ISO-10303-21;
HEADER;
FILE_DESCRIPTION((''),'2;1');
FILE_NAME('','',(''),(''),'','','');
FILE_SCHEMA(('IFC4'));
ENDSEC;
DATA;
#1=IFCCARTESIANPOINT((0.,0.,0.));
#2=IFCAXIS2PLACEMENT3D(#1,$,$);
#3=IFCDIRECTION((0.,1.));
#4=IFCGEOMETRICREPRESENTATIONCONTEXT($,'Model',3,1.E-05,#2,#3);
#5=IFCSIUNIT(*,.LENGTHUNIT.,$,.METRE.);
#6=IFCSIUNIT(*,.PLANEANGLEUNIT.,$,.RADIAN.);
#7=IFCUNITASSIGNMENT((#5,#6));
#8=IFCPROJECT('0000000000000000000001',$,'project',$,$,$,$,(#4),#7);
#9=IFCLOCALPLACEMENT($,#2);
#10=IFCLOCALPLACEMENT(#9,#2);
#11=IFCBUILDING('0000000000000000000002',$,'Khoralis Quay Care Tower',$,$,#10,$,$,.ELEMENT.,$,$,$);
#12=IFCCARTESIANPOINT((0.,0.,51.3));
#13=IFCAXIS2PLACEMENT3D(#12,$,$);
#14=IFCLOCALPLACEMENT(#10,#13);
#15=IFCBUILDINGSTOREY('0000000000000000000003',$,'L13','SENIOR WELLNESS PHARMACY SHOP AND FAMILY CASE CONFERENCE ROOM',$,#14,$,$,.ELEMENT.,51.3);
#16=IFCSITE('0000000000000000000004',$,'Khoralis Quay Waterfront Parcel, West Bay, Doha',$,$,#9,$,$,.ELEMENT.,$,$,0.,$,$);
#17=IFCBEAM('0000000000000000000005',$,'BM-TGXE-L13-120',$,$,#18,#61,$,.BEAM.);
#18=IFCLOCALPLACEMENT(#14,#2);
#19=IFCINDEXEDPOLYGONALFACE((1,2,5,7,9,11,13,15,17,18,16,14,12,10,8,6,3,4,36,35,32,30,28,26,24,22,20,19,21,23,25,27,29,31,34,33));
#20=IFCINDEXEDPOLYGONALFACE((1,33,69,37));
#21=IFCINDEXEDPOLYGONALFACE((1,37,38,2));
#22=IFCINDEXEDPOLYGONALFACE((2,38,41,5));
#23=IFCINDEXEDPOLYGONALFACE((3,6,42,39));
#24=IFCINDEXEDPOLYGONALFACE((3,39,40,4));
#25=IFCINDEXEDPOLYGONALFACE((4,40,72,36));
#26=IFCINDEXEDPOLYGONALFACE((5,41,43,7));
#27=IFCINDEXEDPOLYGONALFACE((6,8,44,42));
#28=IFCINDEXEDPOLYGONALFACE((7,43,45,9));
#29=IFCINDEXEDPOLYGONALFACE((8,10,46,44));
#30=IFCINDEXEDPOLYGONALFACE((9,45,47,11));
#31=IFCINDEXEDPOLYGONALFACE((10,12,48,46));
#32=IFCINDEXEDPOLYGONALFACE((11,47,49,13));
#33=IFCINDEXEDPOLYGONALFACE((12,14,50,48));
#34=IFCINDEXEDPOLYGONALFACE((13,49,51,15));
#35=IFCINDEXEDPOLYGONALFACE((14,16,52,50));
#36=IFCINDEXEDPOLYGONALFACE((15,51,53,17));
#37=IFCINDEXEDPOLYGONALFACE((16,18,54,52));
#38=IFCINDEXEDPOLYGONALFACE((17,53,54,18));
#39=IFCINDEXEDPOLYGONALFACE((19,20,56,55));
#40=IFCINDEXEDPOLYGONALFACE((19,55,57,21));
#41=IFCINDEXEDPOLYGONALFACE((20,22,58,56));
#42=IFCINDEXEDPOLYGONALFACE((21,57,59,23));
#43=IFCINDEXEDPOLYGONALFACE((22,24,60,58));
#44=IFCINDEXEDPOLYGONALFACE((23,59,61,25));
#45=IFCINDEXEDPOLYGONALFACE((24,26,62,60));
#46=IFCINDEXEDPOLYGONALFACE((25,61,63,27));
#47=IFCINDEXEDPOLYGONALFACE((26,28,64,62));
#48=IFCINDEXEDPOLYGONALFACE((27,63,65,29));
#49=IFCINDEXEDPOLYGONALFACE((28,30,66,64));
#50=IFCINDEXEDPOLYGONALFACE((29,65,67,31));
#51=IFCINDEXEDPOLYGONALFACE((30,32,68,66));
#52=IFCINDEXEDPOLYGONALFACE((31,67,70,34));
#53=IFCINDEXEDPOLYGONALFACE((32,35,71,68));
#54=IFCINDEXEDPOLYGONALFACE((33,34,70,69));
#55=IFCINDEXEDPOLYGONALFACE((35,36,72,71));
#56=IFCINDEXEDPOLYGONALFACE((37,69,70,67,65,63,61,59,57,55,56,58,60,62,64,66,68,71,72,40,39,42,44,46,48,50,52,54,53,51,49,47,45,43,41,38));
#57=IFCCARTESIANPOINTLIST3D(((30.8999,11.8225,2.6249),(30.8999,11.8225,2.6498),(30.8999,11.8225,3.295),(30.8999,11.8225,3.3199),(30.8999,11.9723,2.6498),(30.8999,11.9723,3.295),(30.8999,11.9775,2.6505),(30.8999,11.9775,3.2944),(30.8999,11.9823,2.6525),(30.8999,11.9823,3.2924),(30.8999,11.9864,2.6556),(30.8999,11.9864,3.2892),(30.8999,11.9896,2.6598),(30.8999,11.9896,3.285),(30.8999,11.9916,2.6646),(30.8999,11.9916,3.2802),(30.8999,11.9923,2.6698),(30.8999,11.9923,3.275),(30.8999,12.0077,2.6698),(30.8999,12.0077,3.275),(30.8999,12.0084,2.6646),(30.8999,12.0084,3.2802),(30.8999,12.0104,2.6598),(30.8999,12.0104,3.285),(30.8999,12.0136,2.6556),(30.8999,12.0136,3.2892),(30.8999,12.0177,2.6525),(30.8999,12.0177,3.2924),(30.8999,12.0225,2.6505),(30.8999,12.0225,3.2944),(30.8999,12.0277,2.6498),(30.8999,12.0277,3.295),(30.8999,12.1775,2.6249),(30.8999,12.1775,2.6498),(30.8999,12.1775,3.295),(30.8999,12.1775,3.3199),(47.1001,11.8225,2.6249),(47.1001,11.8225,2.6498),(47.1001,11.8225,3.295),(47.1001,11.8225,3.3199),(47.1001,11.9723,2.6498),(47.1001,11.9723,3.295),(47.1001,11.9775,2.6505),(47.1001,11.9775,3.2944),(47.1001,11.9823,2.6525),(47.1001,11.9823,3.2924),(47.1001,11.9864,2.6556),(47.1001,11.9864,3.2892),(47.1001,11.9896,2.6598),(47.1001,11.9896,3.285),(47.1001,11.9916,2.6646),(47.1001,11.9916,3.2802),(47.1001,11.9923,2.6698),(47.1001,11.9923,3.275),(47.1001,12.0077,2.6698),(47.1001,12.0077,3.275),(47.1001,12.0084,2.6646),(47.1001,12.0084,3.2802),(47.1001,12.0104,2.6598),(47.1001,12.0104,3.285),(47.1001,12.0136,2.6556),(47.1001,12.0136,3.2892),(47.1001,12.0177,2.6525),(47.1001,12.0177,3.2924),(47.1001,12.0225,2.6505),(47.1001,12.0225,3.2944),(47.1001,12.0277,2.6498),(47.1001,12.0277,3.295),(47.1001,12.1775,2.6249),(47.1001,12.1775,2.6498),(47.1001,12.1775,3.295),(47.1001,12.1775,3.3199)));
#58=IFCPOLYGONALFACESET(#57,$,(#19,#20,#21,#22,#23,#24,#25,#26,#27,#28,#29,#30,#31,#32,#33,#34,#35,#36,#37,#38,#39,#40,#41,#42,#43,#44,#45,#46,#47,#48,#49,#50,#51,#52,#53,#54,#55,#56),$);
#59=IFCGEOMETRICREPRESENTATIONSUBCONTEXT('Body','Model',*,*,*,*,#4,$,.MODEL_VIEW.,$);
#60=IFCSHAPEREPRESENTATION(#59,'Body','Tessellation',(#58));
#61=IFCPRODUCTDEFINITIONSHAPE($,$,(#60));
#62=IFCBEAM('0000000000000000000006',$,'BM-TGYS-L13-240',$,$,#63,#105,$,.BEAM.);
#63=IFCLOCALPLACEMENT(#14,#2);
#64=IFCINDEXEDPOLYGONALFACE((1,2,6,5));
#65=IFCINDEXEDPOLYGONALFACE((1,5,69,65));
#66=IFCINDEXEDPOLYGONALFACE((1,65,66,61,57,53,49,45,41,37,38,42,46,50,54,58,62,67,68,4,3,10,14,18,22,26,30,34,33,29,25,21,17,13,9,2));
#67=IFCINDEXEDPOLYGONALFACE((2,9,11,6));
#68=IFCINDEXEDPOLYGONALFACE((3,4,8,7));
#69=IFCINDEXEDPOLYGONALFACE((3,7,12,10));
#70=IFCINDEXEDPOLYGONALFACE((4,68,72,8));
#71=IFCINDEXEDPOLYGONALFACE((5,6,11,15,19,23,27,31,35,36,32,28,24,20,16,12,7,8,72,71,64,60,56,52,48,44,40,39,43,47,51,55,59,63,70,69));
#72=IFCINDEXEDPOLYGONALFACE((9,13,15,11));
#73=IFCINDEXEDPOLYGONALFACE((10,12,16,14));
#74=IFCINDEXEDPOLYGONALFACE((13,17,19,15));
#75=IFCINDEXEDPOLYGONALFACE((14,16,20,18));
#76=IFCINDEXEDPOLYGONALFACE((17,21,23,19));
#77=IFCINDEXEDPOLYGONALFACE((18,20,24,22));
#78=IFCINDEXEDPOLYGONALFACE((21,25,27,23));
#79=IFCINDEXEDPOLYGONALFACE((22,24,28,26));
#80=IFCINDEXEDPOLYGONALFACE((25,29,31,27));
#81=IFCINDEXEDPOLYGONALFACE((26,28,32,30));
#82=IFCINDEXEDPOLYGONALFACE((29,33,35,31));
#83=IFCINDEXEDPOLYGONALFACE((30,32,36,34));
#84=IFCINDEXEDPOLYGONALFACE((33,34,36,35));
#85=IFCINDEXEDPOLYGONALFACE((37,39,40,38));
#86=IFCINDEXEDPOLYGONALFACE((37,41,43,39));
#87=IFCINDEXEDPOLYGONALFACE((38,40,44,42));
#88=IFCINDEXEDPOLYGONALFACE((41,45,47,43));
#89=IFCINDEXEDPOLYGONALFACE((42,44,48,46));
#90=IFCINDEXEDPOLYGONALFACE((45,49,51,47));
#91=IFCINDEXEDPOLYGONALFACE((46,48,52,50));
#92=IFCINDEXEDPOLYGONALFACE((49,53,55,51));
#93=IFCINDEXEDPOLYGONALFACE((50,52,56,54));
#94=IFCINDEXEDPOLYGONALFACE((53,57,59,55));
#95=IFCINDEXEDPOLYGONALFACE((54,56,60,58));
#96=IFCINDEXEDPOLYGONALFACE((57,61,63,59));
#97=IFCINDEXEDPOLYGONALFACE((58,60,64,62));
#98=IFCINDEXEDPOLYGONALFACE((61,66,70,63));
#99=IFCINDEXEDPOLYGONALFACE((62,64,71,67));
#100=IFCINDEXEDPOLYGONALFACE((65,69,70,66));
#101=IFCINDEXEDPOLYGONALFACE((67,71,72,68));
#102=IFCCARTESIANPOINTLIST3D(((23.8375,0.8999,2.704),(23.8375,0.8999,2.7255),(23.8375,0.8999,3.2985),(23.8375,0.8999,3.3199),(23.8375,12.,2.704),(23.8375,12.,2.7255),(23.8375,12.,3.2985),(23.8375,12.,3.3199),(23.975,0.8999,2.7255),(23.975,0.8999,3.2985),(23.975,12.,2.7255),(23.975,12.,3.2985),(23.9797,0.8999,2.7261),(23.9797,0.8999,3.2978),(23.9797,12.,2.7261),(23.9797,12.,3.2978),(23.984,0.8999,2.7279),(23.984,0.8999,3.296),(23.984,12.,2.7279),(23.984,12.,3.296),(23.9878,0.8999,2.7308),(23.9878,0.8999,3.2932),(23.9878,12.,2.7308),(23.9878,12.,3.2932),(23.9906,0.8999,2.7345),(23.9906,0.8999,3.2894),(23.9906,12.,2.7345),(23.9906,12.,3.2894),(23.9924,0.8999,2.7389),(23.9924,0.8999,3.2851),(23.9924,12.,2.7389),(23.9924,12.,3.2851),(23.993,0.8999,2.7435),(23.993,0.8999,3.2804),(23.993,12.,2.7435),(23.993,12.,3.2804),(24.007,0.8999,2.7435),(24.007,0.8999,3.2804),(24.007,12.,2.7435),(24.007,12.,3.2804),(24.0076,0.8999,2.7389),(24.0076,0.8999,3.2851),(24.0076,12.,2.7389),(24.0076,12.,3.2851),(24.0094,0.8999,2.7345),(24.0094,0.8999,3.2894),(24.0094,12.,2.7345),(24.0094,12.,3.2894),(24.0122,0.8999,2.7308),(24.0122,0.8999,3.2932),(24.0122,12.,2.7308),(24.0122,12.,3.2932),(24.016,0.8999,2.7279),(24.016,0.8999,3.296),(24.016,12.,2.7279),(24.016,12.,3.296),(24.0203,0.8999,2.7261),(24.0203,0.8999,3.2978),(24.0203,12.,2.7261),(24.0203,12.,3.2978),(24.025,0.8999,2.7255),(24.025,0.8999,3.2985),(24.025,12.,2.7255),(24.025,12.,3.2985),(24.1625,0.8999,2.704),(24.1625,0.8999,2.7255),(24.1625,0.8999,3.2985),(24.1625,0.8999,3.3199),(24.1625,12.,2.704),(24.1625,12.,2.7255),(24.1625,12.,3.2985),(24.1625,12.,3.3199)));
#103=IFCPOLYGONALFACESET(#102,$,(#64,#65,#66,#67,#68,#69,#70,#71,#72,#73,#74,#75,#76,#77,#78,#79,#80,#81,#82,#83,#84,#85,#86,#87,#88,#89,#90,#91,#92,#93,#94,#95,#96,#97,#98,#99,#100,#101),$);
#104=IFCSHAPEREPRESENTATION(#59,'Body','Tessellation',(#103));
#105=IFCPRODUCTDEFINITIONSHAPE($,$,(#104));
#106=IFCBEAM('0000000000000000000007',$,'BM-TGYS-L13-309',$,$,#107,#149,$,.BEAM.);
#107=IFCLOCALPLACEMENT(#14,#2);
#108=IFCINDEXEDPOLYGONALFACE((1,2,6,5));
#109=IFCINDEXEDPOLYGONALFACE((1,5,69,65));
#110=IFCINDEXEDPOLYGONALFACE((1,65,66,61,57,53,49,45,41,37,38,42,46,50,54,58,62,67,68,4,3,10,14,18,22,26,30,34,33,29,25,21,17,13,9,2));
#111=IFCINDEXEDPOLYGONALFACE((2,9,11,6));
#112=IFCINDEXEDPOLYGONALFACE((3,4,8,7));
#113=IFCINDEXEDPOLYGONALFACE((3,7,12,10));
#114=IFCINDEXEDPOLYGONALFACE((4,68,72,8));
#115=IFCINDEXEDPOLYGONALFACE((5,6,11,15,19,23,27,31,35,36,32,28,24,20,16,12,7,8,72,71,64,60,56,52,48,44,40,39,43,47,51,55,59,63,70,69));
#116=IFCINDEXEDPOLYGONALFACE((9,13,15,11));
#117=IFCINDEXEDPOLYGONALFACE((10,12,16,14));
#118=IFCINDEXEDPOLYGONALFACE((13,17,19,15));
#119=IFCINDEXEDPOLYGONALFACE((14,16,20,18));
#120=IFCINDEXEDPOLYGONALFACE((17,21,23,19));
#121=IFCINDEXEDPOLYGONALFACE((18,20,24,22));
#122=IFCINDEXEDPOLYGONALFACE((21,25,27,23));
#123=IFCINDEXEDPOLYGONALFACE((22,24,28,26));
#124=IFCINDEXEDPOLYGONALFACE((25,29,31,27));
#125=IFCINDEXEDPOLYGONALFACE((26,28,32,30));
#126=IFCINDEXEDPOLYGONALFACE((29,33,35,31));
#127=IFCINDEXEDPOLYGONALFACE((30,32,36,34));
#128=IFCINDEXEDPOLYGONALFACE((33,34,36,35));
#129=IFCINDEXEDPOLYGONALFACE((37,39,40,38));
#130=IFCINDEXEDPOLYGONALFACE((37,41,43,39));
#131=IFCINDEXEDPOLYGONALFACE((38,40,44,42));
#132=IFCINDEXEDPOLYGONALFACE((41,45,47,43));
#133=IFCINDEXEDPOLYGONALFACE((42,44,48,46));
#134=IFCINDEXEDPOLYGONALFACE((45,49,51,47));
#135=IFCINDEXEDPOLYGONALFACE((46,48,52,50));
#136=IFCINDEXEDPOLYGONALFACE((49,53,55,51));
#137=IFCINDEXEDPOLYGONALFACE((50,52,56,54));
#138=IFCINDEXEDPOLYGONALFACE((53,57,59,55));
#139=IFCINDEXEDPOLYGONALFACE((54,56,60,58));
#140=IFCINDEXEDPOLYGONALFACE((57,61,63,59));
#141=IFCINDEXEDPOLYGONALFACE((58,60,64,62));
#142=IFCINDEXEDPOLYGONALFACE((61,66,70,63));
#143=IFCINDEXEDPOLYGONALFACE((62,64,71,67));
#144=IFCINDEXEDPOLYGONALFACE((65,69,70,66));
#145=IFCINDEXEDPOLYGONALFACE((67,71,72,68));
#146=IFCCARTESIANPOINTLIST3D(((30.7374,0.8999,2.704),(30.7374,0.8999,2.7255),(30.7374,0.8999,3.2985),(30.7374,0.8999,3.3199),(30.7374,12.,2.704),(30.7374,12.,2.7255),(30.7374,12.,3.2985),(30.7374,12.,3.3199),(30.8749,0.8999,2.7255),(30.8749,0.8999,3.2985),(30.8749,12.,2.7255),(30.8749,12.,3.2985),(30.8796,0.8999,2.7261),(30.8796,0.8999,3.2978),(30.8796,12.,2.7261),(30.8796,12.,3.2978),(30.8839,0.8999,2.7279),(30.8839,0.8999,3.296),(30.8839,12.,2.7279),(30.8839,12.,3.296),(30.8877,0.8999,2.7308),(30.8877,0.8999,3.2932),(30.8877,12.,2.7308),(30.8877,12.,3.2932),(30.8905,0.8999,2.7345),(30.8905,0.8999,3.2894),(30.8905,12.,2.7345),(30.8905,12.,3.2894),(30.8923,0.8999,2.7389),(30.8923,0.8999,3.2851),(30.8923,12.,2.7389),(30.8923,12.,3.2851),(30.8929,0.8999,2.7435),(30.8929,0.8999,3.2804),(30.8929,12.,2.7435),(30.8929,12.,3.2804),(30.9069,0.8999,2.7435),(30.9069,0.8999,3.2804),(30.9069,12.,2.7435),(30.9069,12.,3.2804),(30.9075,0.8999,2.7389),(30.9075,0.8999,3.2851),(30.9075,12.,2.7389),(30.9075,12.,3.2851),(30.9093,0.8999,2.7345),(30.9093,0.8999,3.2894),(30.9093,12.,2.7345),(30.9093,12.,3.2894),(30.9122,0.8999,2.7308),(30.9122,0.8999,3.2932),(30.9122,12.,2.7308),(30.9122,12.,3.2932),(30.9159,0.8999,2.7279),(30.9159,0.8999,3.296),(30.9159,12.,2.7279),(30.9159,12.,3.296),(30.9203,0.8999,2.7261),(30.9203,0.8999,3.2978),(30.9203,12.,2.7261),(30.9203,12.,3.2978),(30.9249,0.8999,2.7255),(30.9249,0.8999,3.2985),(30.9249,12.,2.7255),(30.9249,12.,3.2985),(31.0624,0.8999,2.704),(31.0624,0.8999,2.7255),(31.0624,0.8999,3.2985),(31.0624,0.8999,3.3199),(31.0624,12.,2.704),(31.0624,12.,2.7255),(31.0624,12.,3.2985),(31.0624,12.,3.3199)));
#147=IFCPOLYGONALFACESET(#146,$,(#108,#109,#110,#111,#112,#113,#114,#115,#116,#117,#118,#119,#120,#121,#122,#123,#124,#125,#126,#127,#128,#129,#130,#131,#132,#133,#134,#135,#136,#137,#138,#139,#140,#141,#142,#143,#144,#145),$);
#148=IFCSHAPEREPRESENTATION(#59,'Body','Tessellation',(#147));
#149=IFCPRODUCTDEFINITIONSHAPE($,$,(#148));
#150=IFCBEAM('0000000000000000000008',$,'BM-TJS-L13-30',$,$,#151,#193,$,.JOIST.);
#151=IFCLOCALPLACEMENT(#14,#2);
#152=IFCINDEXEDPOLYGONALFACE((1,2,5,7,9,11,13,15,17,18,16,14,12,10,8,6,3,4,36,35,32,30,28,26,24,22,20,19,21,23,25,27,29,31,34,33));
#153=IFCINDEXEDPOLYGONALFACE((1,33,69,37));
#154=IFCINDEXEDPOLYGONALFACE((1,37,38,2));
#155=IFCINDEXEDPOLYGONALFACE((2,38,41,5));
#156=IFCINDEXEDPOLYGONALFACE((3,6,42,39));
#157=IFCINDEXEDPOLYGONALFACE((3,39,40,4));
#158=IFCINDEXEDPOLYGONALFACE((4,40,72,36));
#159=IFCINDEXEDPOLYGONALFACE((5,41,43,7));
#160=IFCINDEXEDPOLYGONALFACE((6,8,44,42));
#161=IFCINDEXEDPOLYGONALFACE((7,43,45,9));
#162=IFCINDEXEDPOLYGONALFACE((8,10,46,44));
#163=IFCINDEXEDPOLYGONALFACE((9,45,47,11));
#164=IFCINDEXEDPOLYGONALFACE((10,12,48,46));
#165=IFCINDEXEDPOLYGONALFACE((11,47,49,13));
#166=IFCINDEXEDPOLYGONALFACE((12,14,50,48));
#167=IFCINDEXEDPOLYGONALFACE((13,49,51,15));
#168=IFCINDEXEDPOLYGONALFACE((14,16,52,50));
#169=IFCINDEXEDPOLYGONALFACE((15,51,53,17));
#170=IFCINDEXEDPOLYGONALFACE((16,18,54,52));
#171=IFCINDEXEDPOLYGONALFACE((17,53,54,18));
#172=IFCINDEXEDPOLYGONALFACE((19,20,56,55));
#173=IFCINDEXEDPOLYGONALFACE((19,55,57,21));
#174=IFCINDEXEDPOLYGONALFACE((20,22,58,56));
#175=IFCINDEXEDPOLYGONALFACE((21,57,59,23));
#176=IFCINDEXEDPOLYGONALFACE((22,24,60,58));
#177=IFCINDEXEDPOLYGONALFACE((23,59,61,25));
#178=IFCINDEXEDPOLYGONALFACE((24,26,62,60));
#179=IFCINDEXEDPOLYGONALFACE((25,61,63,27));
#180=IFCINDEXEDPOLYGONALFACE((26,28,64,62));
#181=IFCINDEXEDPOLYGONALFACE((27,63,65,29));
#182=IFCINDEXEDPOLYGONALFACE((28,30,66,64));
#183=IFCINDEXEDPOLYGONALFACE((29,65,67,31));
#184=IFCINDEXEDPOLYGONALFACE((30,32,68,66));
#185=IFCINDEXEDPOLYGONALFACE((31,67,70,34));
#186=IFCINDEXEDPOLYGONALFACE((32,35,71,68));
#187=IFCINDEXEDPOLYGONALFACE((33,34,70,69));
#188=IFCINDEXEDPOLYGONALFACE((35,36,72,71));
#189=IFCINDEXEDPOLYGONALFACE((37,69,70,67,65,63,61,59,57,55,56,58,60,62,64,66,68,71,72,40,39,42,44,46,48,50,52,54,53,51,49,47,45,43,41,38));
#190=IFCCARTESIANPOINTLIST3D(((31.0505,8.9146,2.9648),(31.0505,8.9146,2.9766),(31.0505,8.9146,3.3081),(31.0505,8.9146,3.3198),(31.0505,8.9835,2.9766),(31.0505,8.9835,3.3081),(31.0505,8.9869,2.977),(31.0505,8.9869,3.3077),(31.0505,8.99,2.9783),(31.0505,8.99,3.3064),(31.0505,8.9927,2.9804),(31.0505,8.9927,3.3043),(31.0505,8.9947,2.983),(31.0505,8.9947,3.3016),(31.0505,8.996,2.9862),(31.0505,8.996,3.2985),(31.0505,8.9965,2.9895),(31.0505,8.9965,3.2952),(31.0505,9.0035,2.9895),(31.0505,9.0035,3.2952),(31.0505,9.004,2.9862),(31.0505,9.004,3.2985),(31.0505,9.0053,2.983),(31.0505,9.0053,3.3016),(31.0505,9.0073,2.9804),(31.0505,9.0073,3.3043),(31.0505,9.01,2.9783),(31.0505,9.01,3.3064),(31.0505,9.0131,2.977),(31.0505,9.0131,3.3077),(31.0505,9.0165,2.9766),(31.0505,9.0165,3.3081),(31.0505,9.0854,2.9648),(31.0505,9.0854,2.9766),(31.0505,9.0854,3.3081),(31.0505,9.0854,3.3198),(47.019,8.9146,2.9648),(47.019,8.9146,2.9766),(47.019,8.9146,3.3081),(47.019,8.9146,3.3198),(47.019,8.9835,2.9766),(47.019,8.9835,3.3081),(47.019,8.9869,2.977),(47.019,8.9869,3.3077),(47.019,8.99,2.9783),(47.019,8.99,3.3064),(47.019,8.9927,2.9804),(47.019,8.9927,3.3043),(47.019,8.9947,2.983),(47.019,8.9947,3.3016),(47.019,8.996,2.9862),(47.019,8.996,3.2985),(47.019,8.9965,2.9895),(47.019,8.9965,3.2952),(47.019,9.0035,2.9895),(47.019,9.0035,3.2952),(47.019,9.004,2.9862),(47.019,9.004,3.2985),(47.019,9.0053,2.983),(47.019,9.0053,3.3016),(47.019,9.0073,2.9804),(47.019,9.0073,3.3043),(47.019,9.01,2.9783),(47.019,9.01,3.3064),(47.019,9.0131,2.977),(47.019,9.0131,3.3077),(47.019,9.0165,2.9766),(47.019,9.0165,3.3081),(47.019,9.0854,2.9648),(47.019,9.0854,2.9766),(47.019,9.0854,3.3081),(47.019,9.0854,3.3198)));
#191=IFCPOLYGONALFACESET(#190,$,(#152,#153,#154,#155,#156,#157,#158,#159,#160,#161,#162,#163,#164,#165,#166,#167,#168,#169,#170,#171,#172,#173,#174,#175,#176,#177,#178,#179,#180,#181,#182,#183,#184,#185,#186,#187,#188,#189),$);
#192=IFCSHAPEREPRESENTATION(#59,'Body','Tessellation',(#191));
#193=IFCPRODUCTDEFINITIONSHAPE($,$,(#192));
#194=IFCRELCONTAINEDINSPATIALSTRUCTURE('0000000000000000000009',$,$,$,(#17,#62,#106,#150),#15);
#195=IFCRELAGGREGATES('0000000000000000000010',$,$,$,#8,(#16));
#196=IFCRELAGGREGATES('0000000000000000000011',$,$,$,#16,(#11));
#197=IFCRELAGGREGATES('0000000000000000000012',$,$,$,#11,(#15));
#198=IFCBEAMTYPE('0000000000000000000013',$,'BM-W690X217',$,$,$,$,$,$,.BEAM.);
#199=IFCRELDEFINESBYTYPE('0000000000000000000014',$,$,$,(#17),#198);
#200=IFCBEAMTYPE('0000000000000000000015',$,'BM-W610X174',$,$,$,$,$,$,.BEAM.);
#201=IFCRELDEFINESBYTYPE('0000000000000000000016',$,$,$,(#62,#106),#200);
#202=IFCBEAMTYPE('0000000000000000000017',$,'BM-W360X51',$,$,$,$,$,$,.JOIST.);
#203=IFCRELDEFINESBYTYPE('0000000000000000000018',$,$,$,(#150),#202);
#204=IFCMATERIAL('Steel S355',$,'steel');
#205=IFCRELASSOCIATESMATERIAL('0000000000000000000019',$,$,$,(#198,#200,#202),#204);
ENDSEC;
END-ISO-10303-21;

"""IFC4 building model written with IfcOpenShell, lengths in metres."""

from ifc_helpers import new_model, si_unit, direction, frame, origin, origin_2d, place, context, subcontext, project, spatial, i_section, extrude, source, transform, mapped, material, material_profile, profile_set, type_object, element, save


model = new_model("IFC4")

# Units and contexts
model_context = context("Model", 3, precision=1e-05, world=origin(), true_north=direction((0.0, 1.0)))
body_context = subcontext(model_context, "Body", "Model", "MODEL_VIEW")
ifc_project = project(units=[si_unit("LENGTHUNIT", "METRE"), si_unit("PLANEANGLEUNIT", "RADIAN")], contexts=[model_context])

# Site, building, storey
site_placement = place(None, origin())
site = spatial("IfcSite", under=ifc_project, at=site_placement, Name="Khoralis Quay Waterfront Parcel, West Bay, Doha", CompositionType="ELEMENT", RefElevation=0.0)
building_placement = place(site_placement, origin())
building = spatial("IfcBuilding", under=site, at=building_placement, Name="Khoralis Quay Care Tower", CompositionType="ELEMENT")
storey_placement = place(building_placement, frame((0.0, 0.0, 51.3)))
storey = spatial("IfcBuildingStorey", under=building, at=storey_placement, Name="L13", Description="SENIOR WELLNESS PHARMACY SHOP AND FAMILY CASE CONFERENCE ROOM", CompositionType="ELEMENT", Elevation=51.3)

# Beams
ifc_material_1 = material(Name="Steel S355", Category="steel")
ifc_material_profile_1 = material_profile(ifc_material_1, i_section(OverallWidth=0.355, OverallDepth=0.6951, WebThickness=0.0154, FlangeThickness=0.0249, FilletRadius=0.02, at=origin_2d()), Name="Steel S355")
ifc_profile_set_1 = profile_set([ifc_material_profile_1], Name="Steel S355")
beam_type_1 = type_object("IfcBeamType", Name="BM-W690X217", PredefinedType="BEAM", material=ifc_profile_set_1)
shared_shape_1 = source(origin(), body_context, "Body", "SweptSolid", [
    extrude(i_section(OverallWidth=0.355, OverallDepth=0.6951, WebThickness=0.0154, FlangeThickness=0.0249, FilletRadius=0.02, at=origin_2d()), origin(), (0.0, 0.0, 1.0), 16.2002),
])
beam_1_placement = place(storey_placement, frame((30.8999, 12.0, 2.9724), z_axis=(1.0, 0.0, 0.0), x_axis=(0.0, 1.0, 0.0)))
element("IfcBeam", 1, at=beam_1_placement, inside=storey, type_object=beam_type_1, Name="BM-TGXE-L13-120", PredefinedType="BEAM", context=body_context, shape_type="MappedRepresentation", body=[
    mapped(shared_shape_1, transform((0.0, 0.0, 0.0), scale=1.0)),
])
ifc_material_profile_2 = material_profile(ifc_material_1, i_section(OverallWidth=0.325, OverallDepth=0.616, WebThickness=0.0139, FlangeThickness=0.0215, FilletRadius=0.0181, at=origin_2d()), Name="Steel S355")
ifc_profile_set_2 = profile_set([ifc_material_profile_2], Name="Steel S355")
beam_type_2 = type_object("IfcBeamType", Name="BM-W610X174", PredefinedType="BEAM", material=ifc_profile_set_2)
shared_shape_2 = source(origin(), body_context, "Body", "SweptSolid", [
    extrude(i_section(OverallWidth=0.325, OverallDepth=0.616, WebThickness=0.0139, FlangeThickness=0.0215, FilletRadius=0.0181, at=origin_2d()), origin(), (0.0, 0.0, 1.0), 11.1001),
])
for number, where, z_axis, x_axis, name in (
    (2, (24.0, 0.8999, 3.012), (0.0, 1.0, 0.0), (-1.0, 0.0, 0.0), "BM-TGYS-L13-240"),
    (3, (30.8999, 0.8999, 3.012), (0.0, 1.0, 0.0), (-1.0, 0.0, 0.0), "BM-TGYS-L13-309"),
):
    element("IfcBeam", number, at=place(storey_placement, frame(where, z_axis=z_axis, x_axis=x_axis)), inside=storey, type_object=beam_type_2, Name=name, PredefinedType="BEAM", context=body_context, shape_type="MappedRepresentation", body=[
        mapped(shared_shape_2, transform((0.0, 0.0, 0.0), scale=1.0)),
    ])
ifc_material_profile_3 = material_profile(ifc_material_1, i_section(OverallWidth=0.1709, OverallDepth=0.355, WebThickness=0.0071, FlangeThickness=0.0117, FilletRadius=0.0129, at=origin_2d()), Name="Steel S355")
ifc_profile_set_3 = profile_set([ifc_material_profile_3], Name="Steel S355")
beam_type_3 = type_object("IfcBeamType", Name="BM-W360X51", PredefinedType="JOIST", material=ifc_profile_set_3)
shared_shape_3 = source(origin(), body_context, "Body", "SweptSolid", [
    extrude(i_section(OverallWidth=0.1709, OverallDepth=0.355, WebThickness=0.0071, FlangeThickness=0.0117, FilletRadius=0.0129, at=origin_2d()), origin(), (0.0, 0.0, 1.0), 15.9685),
])
beam_2_placement = place(storey_placement, frame((31.0505, 9.0, 3.1423), z_axis=(1.0, 0.0, 0.0), x_axis=(0.0, 1.0, 0.0)))
element("IfcBeam", 4, at=beam_2_placement, inside=storey, type_object=beam_type_3, Name="BM-TJS-L13-30", PredefinedType="JOIST", context=body_context, shape_type="MappedRepresentation", body=[
    mapped(shared_shape_3, transform((0.0, 0.0, 0.0), scale=1.0)),
])

save(model, "model.ifc")
